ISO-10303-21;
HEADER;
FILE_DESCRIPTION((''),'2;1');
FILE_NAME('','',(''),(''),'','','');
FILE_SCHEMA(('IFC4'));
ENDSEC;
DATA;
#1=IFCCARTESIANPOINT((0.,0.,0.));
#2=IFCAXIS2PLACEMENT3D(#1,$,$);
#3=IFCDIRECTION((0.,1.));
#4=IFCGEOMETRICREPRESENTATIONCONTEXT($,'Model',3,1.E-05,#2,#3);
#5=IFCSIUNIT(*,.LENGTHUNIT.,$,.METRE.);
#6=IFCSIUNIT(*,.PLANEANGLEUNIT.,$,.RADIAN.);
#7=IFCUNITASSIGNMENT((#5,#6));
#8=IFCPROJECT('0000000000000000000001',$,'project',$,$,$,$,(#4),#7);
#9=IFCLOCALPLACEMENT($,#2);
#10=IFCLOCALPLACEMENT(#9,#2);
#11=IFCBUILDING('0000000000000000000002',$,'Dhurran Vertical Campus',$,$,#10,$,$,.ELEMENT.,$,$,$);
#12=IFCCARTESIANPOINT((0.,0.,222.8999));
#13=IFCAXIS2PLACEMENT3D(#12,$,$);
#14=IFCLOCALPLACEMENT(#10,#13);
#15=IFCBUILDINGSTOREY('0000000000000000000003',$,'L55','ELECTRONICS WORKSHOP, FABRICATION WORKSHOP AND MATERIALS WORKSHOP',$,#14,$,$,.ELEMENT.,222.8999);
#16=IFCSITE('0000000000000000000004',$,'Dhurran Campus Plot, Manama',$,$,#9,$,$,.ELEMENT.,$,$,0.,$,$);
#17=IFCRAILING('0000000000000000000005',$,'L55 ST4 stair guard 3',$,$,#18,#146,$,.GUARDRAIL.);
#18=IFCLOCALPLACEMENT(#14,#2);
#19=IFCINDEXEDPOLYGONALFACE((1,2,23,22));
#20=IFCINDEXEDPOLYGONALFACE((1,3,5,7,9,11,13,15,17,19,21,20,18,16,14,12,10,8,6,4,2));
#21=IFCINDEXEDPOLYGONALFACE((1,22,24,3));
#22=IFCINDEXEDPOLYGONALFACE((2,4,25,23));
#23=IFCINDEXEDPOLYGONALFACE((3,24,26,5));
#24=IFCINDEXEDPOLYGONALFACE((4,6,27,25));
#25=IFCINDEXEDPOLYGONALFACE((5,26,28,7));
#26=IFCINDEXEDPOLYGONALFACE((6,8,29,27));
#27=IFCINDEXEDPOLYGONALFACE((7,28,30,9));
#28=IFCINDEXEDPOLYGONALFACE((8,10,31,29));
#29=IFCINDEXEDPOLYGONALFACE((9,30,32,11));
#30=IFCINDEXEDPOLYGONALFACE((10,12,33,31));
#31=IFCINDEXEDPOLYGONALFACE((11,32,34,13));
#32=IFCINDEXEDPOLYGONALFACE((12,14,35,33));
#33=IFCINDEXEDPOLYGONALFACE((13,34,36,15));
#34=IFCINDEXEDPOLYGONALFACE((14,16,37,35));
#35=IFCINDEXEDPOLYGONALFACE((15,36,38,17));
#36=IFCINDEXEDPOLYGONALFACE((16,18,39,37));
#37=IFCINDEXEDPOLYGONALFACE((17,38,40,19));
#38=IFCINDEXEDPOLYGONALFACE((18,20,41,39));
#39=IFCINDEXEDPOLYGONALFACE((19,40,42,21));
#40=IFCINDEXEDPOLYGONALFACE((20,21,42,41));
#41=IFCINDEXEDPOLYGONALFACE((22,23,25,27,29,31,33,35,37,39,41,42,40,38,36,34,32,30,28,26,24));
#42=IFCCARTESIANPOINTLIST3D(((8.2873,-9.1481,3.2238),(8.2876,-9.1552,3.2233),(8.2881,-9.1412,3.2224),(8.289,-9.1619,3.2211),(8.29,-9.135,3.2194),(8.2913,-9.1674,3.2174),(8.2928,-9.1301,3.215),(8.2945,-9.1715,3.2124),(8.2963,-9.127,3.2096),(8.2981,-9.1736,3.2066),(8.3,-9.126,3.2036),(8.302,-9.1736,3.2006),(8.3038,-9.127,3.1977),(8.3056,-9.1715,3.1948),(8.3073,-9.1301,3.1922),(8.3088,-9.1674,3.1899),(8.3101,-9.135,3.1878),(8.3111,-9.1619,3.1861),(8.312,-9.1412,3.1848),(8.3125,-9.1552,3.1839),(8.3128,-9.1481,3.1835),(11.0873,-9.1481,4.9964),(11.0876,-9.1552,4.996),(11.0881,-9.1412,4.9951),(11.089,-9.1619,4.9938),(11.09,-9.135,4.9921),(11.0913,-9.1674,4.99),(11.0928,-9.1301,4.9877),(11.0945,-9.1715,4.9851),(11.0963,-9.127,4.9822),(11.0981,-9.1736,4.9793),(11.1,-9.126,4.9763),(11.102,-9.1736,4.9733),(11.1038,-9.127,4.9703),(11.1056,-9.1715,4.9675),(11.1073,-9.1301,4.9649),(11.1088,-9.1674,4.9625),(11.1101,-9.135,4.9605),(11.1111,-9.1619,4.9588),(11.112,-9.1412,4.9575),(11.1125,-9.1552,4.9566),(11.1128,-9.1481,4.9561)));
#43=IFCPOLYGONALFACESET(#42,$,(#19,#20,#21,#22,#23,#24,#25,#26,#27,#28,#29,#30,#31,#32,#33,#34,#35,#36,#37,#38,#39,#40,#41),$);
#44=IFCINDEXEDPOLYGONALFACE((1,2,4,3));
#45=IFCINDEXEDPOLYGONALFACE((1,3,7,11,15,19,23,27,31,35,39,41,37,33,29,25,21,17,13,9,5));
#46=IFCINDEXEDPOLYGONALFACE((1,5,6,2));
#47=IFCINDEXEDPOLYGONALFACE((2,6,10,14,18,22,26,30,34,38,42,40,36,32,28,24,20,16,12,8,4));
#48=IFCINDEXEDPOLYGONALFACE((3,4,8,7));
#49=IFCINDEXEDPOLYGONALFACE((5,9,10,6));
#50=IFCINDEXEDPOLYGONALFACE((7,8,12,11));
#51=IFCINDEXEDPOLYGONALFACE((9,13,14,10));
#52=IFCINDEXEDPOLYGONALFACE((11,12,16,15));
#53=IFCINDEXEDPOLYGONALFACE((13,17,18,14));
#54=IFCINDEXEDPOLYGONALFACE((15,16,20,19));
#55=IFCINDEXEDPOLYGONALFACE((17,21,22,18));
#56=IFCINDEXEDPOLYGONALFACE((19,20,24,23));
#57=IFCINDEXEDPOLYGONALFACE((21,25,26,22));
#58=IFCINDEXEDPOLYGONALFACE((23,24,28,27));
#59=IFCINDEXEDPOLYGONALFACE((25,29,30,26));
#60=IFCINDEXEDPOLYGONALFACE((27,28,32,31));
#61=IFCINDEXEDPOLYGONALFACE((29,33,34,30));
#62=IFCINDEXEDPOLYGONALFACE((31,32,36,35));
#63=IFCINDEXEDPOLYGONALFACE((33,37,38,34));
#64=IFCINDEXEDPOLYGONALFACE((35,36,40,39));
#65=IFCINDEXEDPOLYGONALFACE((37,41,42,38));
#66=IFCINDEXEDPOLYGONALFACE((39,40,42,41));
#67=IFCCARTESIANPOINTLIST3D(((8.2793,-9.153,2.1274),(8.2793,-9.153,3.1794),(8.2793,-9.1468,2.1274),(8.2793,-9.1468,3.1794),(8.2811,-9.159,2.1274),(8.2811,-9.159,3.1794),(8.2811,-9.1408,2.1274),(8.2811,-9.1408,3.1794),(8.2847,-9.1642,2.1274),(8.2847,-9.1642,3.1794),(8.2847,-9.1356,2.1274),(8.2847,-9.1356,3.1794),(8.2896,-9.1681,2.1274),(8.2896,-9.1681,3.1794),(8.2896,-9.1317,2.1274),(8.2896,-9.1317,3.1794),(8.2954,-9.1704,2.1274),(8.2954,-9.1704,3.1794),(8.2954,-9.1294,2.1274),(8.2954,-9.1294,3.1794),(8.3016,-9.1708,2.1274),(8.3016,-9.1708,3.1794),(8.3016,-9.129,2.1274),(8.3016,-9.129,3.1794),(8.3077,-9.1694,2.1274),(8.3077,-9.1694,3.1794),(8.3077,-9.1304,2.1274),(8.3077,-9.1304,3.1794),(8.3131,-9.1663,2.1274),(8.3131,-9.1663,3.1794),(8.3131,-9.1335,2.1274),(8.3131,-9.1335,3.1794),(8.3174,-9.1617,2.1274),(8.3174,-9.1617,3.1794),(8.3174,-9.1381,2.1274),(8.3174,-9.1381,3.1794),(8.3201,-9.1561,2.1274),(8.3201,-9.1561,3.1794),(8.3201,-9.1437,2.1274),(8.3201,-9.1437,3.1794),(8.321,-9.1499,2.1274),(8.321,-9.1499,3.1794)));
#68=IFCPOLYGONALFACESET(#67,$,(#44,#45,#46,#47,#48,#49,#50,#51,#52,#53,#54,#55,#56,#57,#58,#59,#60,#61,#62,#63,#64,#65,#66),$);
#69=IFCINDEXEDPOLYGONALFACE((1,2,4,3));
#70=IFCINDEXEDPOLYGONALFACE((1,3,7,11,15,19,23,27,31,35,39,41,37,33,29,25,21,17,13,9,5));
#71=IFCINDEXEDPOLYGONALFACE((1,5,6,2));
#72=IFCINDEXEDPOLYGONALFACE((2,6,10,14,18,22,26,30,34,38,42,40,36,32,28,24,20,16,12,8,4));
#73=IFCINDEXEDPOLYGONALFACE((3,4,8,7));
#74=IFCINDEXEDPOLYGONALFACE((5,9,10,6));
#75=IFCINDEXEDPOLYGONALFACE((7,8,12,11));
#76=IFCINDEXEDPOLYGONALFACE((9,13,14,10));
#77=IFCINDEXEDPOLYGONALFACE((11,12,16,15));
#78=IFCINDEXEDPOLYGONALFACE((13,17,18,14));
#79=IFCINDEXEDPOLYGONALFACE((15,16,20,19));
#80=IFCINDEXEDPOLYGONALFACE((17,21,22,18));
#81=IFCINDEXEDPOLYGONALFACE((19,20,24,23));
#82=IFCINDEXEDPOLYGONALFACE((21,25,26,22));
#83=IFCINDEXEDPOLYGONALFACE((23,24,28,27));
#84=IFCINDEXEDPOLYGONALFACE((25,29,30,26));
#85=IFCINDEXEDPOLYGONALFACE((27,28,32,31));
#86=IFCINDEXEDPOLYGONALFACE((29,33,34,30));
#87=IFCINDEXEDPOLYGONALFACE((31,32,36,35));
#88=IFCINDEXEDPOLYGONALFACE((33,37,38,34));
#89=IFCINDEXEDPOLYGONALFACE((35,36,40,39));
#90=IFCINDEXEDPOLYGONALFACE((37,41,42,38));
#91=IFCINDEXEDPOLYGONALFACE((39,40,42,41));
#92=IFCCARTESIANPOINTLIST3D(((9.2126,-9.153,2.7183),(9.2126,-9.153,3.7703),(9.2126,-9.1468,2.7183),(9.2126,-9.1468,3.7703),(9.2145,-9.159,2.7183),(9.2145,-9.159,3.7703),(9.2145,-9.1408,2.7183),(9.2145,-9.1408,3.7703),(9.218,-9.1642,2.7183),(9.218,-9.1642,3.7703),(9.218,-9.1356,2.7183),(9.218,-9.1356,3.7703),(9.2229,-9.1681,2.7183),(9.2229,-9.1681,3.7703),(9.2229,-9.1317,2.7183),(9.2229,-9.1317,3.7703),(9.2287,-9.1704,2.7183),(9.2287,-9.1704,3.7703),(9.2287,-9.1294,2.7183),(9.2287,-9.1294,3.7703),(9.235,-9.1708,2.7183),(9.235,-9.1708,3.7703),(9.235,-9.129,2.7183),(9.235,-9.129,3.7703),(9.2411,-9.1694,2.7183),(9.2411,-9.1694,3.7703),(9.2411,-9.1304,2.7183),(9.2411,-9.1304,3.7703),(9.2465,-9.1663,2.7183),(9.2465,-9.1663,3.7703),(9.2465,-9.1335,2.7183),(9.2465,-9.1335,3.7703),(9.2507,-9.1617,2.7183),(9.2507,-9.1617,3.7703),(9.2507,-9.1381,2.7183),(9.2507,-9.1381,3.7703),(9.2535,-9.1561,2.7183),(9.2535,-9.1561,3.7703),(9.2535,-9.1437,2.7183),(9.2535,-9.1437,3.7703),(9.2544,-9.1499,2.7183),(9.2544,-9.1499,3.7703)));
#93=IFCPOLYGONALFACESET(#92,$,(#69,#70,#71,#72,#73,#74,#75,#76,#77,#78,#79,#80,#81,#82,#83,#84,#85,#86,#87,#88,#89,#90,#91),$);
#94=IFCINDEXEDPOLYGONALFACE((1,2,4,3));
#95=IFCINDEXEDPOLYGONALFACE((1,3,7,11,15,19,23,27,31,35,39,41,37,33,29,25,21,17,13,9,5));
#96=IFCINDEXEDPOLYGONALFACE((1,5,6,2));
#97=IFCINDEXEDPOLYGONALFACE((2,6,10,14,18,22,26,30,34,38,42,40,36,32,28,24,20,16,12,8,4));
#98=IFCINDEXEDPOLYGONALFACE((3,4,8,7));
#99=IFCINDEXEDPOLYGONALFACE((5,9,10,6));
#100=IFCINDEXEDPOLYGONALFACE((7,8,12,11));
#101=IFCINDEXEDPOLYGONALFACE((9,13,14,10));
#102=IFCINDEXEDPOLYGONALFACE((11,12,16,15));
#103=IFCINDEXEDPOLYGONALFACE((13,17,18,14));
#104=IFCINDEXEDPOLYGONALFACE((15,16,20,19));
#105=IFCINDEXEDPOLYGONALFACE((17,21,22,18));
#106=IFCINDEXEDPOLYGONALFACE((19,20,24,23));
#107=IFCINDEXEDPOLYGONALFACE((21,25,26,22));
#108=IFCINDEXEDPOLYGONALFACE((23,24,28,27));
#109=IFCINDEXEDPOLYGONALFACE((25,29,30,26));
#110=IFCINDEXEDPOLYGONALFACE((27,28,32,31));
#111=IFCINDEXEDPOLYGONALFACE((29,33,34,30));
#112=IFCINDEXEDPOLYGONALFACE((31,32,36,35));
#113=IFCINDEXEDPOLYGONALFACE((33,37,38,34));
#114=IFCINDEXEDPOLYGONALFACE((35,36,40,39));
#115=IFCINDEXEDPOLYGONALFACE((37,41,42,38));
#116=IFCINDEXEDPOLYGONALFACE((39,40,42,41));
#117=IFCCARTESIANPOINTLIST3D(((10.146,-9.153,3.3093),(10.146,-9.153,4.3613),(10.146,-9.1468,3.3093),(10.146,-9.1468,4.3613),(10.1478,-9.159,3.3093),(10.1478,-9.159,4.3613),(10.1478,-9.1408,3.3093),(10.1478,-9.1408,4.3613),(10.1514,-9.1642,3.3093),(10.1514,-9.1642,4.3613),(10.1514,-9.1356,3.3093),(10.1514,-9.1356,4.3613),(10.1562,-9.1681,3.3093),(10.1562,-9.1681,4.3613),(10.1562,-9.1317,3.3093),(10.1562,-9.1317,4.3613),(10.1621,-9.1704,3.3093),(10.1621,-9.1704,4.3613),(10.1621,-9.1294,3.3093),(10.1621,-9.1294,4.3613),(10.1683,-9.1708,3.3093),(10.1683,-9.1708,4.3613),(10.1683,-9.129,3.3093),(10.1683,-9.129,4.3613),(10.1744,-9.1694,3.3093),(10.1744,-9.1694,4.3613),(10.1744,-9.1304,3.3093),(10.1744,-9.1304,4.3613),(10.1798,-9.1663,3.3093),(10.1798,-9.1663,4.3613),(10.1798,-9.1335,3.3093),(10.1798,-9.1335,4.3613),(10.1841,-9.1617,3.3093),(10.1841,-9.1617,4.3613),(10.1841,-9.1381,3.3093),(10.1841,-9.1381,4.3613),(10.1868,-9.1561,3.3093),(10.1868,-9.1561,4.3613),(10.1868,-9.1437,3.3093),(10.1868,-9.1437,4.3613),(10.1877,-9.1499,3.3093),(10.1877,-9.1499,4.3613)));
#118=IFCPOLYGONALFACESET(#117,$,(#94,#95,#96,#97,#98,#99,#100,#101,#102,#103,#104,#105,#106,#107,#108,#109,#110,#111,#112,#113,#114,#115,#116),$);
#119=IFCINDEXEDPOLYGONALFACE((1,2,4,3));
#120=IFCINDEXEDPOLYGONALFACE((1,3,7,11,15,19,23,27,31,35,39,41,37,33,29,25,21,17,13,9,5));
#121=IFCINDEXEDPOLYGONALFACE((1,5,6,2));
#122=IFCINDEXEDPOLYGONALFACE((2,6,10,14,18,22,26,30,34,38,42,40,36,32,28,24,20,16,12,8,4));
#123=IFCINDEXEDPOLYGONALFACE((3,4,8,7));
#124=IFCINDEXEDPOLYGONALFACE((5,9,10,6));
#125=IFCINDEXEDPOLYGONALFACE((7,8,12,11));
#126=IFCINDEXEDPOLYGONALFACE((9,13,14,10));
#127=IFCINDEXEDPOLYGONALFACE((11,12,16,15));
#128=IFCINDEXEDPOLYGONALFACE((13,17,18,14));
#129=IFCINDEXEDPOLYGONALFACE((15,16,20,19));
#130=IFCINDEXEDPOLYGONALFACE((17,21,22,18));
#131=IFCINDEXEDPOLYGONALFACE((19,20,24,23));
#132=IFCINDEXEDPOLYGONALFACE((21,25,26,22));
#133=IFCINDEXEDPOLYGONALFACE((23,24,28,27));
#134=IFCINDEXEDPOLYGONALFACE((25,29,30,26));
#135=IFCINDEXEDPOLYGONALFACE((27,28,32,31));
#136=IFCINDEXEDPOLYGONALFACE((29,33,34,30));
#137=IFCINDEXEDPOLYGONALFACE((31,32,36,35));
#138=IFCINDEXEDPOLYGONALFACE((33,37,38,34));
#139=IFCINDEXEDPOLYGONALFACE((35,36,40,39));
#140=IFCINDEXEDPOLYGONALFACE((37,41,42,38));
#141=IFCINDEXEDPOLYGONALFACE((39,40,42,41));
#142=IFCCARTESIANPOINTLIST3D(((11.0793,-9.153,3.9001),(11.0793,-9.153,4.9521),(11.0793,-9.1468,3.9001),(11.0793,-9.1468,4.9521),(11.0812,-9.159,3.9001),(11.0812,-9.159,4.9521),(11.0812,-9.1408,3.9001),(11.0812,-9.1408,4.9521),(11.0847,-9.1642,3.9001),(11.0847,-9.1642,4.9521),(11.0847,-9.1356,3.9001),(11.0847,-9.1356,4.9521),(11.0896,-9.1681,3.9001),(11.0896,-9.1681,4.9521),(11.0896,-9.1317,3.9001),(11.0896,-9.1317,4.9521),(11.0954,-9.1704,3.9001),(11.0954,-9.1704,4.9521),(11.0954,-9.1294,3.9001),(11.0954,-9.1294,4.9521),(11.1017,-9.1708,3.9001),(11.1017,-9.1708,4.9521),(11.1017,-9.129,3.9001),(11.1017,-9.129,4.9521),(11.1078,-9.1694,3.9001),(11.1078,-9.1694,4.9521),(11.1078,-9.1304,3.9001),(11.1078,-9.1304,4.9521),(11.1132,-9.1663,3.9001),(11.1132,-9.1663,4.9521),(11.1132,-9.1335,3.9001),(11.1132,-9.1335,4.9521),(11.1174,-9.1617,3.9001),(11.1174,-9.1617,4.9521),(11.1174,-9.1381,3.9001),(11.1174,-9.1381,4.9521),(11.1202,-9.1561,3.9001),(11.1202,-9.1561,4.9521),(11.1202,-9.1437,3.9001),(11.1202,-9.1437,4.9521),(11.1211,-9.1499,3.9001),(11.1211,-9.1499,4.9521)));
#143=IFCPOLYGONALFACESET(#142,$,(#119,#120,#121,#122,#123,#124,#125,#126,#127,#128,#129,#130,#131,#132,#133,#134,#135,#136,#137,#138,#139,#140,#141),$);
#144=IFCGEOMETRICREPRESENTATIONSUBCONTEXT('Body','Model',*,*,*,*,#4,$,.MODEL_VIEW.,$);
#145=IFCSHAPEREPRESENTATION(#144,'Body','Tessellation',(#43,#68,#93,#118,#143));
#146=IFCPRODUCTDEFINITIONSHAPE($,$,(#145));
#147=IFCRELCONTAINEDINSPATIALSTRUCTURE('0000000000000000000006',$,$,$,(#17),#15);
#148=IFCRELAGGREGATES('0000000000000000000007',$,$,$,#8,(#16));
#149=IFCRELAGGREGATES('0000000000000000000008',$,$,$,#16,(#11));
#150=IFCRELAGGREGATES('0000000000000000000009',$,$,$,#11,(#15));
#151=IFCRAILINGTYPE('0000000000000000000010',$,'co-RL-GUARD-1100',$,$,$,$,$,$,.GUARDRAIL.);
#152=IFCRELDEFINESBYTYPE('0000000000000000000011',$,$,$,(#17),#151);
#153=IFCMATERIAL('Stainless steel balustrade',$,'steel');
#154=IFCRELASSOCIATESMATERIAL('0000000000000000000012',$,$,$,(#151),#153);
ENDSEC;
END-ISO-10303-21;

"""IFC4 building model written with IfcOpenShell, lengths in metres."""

from ifc_helpers import new_model, si_unit, direction, frame, origin, origin_2d, place, context, subcontext, project, spatial, circle, extrude, material, type_object, element, save


model = new_model("IFC4")

# Units and contexts
model_context = context("Model", 3, precision=1e-05, world=origin(), true_north=direction((0.0, 1.0)))
body_context = subcontext(model_context, "Body", "Model", "MODEL_VIEW")
ifc_project = project(units=[si_unit("LENGTHUNIT", "METRE"), si_unit("PLANEANGLEUNIT", "RADIAN")], contexts=[model_context])

# Site, building, storey
site_placement = place(None, origin())
site = spatial("IfcSite", under=ifc_project, at=site_placement, Name="Dhurran Campus Plot, Manama", CompositionType="ELEMENT", RefElevation=0.0)
building_placement = place(site_placement, origin())
building = spatial("IfcBuilding", under=site, at=building_placement, Name="Dhurran Vertical Campus", CompositionType="ELEMENT")
storey_placement = place(building_placement, frame((0.0, 0.0, 222.8999)))
storey = spatial("IfcBuildingStorey", under=building, at=storey_placement, Name="L55", Description="ELECTRONICS WORKSHOP, FABRICATION WORKSHOP AND MATERIALS WORKSHOP", CompositionType="ELEMENT", Elevation=222.8999)

# Railing
ifc_material_1 = material(Name="Stainless steel balustrade", Category="steel")
railing_type_1 = type_object("IfcRailingType", Name="co-RL-GUARD-1100", PredefinedType="GUARDRAIL", material=ifc_material_1)
railing_1_placement = place(storey_placement, frame((8.3, -9.1499, 2.1274)))
element("IfcRailing", 1, at=railing_1_placement, inside=storey, type_object=railing_type_1, Name="L55 ST4 stair guard 3", PredefinedType="GUARDRAIL", context=body_context, shape_type="SweptSolid", body=[
    extrude(circle(Radius=0.0239, at=origin_2d()), frame((0.0, 0.0, 1.0762), z_axis=(0.844909, 0.0, 0.53491), x_axis=(0.0, 1.0, 0.0)), (0.0, 0.0, 1.0), 3.314),
    extrude(circle(Radius=0.021, at=origin_2d()), origin(), (0.0, 0.0, 1.0), 1.052),
    extrude(circle(Radius=0.021, at=origin_2d()), frame((0.9333, 0.0, 0.5908)), (0.0, 0.0, 1.0), 1.052),
    extrude(circle(Radius=0.021, at=origin_2d()), frame((1.8667, 0.0, 1.1819)), (0.0, 0.0, 1.0), 1.052),
    extrude(circle(Radius=0.021, at=origin_2d()), frame((2.8, 0.0, 1.7727)), (0.0, 0.0, 1.0), 1.052),
])

save(model, "model.ifc")
